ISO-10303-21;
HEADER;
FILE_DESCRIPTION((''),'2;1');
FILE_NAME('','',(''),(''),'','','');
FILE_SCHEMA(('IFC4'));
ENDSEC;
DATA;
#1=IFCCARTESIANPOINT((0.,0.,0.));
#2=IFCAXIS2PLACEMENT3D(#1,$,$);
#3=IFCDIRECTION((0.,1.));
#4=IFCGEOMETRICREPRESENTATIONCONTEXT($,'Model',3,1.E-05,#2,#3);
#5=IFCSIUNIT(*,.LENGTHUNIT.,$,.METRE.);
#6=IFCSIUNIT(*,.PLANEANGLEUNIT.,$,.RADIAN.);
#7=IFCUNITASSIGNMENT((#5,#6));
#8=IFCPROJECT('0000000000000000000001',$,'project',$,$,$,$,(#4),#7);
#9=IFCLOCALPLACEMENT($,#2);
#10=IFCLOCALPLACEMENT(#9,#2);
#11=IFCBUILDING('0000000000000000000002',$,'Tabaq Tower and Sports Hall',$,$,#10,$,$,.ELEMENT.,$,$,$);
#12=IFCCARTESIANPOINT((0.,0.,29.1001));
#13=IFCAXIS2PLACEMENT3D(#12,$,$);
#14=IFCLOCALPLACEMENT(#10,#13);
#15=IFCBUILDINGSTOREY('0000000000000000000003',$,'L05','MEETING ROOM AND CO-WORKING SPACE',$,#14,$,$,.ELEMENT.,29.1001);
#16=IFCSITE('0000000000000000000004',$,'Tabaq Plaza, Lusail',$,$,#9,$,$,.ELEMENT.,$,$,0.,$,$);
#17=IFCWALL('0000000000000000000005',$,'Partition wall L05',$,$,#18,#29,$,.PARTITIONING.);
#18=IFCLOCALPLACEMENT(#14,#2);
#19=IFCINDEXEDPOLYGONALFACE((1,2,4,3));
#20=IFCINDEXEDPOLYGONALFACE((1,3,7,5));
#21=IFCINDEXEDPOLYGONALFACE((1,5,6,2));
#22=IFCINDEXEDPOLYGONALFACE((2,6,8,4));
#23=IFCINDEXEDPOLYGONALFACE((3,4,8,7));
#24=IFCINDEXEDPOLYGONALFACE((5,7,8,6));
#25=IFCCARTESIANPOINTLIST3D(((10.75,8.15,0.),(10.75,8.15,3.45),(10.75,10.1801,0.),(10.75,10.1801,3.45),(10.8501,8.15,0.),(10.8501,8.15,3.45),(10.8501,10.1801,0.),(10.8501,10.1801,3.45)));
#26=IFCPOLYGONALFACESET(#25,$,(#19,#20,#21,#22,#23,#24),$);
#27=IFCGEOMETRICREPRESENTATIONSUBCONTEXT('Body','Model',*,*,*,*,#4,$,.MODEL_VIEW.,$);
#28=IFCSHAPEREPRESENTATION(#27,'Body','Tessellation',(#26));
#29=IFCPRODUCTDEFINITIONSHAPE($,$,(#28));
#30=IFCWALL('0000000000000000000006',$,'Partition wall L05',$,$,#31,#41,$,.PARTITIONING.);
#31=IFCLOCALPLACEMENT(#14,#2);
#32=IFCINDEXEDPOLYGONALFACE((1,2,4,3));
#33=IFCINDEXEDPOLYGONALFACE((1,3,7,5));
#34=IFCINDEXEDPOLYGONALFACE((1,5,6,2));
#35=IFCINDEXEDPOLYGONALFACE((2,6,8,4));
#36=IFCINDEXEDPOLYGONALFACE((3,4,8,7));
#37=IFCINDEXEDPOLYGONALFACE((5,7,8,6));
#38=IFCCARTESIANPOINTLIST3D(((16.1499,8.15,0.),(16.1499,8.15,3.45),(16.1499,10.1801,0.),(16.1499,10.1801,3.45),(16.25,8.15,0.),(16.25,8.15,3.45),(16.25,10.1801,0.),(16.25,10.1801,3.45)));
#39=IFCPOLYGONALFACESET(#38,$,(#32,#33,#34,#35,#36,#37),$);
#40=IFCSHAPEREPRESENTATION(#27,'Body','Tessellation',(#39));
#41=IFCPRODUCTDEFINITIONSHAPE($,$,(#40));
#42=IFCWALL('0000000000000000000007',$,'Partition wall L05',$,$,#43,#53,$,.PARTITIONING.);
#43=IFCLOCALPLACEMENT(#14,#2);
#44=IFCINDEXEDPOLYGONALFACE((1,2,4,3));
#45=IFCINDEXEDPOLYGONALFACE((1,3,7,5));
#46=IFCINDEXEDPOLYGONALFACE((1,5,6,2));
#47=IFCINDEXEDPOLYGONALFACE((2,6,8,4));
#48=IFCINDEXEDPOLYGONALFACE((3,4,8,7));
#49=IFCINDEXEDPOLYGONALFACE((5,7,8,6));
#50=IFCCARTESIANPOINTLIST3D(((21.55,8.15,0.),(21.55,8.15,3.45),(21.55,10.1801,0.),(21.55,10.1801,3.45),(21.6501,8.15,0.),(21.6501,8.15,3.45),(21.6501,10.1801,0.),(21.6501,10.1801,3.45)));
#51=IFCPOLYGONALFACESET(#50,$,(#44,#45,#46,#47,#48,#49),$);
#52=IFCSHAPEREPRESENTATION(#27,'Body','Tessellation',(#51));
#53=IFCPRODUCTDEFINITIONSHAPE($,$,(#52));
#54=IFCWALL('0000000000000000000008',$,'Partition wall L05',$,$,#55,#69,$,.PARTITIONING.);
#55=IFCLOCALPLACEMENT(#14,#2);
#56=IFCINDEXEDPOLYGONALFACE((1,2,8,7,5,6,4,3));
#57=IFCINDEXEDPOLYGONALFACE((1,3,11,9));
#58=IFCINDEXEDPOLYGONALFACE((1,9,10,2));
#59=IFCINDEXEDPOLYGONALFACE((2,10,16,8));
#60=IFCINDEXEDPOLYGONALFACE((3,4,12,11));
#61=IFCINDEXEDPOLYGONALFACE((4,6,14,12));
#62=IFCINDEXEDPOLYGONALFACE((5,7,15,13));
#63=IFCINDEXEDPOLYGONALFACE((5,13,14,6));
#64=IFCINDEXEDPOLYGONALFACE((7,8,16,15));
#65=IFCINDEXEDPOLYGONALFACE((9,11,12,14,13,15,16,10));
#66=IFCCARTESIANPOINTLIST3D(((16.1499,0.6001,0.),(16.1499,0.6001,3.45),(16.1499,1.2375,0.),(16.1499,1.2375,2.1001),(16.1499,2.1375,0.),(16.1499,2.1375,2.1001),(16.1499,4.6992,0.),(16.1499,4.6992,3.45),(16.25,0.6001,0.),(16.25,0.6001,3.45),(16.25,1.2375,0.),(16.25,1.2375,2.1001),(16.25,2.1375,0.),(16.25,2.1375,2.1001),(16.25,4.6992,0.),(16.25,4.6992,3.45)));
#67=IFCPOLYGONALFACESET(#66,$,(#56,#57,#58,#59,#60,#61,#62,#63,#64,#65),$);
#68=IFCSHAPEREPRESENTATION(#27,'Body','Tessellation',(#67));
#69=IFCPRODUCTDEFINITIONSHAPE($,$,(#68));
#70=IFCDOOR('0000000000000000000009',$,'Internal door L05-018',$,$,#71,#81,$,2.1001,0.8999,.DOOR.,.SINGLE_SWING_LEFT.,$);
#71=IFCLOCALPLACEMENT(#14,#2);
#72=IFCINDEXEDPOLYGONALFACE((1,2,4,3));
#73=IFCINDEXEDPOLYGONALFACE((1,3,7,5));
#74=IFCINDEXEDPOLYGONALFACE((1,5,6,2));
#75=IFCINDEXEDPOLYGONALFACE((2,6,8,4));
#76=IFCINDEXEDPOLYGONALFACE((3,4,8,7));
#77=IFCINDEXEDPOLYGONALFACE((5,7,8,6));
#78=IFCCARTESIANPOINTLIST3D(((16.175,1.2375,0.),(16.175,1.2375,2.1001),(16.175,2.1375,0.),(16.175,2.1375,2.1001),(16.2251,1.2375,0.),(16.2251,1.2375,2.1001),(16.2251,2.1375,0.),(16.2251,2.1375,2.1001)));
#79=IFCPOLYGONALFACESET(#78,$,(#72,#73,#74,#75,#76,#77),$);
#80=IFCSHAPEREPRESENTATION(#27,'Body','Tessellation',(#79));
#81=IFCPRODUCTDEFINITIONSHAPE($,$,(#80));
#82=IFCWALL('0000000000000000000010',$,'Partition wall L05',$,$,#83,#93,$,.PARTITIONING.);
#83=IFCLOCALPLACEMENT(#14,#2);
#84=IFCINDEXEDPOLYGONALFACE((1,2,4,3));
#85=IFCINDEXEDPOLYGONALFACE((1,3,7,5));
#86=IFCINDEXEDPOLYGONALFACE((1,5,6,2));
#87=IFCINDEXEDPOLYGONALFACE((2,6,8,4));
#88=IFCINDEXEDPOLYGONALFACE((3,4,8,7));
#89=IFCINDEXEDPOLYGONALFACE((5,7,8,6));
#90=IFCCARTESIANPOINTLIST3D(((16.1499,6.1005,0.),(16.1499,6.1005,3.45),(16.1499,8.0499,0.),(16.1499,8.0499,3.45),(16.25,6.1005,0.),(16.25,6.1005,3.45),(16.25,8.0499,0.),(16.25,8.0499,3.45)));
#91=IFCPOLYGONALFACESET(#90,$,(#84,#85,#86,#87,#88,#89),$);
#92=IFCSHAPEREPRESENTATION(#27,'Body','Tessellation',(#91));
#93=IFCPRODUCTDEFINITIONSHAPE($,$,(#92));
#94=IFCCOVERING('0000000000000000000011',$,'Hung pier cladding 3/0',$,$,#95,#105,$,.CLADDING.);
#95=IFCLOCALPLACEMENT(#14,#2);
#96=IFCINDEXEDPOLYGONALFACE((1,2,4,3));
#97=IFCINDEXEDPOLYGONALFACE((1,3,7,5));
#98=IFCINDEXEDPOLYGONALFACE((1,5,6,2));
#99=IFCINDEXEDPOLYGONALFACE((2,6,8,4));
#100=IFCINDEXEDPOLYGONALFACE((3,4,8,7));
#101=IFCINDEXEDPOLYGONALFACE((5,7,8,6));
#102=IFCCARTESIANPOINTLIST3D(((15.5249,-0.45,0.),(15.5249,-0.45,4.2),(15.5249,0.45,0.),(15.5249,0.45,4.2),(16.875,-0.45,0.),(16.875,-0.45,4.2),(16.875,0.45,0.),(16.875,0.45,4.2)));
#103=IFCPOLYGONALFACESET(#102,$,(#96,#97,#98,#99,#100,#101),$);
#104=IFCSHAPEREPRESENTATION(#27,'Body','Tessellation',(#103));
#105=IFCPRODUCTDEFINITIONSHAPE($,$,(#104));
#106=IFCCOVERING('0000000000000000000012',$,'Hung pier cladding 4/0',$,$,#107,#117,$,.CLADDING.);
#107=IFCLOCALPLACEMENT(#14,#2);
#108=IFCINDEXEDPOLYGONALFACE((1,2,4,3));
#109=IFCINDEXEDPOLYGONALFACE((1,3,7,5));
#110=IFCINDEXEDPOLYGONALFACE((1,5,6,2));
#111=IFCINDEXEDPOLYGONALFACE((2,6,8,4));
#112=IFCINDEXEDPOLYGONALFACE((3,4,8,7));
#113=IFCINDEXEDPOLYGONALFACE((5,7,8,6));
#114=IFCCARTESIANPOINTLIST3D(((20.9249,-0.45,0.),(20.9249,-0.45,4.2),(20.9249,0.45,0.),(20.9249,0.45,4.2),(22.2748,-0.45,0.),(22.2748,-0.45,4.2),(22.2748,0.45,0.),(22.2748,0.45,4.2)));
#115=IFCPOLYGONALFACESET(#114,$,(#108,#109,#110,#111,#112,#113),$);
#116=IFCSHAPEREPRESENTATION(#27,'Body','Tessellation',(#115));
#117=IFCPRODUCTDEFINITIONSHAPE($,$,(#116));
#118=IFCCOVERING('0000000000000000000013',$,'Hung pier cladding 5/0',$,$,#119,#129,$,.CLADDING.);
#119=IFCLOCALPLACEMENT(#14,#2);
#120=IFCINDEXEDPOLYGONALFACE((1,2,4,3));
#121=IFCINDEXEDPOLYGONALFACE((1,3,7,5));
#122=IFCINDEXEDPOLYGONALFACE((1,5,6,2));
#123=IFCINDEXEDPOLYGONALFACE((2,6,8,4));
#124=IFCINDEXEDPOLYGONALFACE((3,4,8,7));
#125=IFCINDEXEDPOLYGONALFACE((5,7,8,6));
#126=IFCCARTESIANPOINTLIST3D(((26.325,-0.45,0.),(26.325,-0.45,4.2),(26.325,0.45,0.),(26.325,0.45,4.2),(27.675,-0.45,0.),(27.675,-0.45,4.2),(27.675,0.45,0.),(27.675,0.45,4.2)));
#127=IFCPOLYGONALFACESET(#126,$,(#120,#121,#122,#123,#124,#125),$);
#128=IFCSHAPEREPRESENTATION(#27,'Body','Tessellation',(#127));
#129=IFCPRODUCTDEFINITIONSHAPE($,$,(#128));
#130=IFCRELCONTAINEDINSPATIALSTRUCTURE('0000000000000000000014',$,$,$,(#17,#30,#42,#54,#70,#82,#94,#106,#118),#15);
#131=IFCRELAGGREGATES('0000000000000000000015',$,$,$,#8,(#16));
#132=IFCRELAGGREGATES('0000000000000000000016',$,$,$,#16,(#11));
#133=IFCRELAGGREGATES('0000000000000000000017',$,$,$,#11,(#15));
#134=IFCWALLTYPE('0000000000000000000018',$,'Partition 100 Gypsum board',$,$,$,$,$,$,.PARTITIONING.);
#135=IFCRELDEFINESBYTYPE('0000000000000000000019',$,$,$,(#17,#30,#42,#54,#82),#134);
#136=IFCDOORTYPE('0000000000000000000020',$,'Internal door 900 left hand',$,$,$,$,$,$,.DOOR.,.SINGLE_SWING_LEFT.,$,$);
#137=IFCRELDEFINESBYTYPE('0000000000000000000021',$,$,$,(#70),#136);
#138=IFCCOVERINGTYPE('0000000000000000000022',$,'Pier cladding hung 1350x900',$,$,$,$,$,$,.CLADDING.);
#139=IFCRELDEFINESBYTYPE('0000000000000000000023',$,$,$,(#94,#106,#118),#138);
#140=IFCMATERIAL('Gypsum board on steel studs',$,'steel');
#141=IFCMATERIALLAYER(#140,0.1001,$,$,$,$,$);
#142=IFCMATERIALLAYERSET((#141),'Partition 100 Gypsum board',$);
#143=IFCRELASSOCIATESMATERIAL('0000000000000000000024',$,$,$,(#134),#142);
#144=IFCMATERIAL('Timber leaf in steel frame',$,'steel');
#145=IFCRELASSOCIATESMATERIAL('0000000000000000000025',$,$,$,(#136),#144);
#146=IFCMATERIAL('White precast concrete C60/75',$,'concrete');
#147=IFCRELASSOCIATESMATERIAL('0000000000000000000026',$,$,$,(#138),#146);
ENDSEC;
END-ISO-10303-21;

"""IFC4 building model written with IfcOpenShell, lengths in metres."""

from ifc_helpers import new_model, si_unit, direction, frame, frame_2d, origin, place, context, subcontext, project, spatial, rectangle, extrude, material, layer, layer_set, type_object, element, fill, save


model = new_model("IFC4")

# Units and contexts
model_context = context("Model", 3, precision=1e-05, world=origin(), true_north=direction((0.0, 1.0)))
body_context = subcontext(model_context, "Body", "Model", "MODEL_VIEW")
ifc_project = project(units=[si_unit("LENGTHUNIT", "METRE"), si_unit("PLANEANGLEUNIT", "RADIAN")], contexts=[model_context])

# Site, building, storey
site_placement = place(None, origin())
site = spatial("IfcSite", under=ifc_project, at=site_placement, Name="Tabaq Plaza, Lusail", CompositionType="ELEMENT", RefElevation=0.0)
building_placement = place(site_placement, origin())
building = spatial("IfcBuilding", under=site, at=building_placement, Name="Tabaq Tower and Sports Hall", CompositionType="ELEMENT")
storey_placement = place(building_placement, frame((0.0, 0.0, 29.1001)))
storey = spatial("IfcBuildingStorey", under=building, at=storey_placement, Name="L05", Description="MEETING ROOM AND CO-WORKING SPACE", CompositionType="ELEMENT", Elevation=29.1001)

# Walls
ifc_material_1 = material(Name="Gypsum board on steel studs", Category="steel")
ifc_layer_1 = layer(ifc_material_1, 0.1001)
ifc_layer_set_1 = layer_set([ifc_layer_1], Name="Partition 100 Gypsum board")
wall_type = type_object("IfcWallType", Name="Partition 100 Gypsum board", PredefinedType="PARTITIONING", material=ifc_layer_set_1)
for number, where, z_axis, x_axis, name in (
    (1, (10.8, 8.1499, 0.0), (0.0, 0.0, 1.0), (0.0, 1.0, 0.0), "Partition wall L05"),
    (2, (16.2, 8.1499, 0.0), (0.0, 0.0, 1.0), (0.0, 1.0, 0.0), "Partition wall L05"),
    (3, (21.6001, 8.1499, 0.0), (0.0, 0.0, 1.0), (0.0, 1.0, 0.0), "Partition wall L05"),
):
    element("IfcWall", number, at=place(storey_placement, frame(where, z_axis=z_axis, x_axis=x_axis)), inside=storey, type_object=wall_type, Name=name, PredefinedType="PARTITIONING", context=body_context, shape_type="SweptSolid", body=[
        extrude(rectangle(XDim=2.03, YDim=0.1001, at=frame_2d((1.0151, 0.0))), origin(), (0.0, 0.0, 1.0), 3.45),
    ])

# Wall, opening, door
wall_1_placement = place(storey_placement, frame((16.2, 0.6001, 0.0), z_axis=(0.0, 0.0, 1.0), x_axis=(0.0, 1.0, 0.0)))
wall_1 = element("IfcWall", 4, at=wall_1_placement, inside=storey, type_object=wall_type, Name="Partition wall L05", PredefinedType="PARTITIONING", context=body_context, shape_type="SweptSolid", body=[
    extrude(rectangle(XDim=4.0991, YDim=0.1001, at=frame_2d((2.0496, 0.0))), origin(), (0.0, 0.0, 1.0), 3.45),
])
opening_placement = place(wall_1_placement, frame((0.6375, 0.0, 0.0)))
opening = element("IfcOpeningElement", 5, at=opening_placement, cuts=wall_1, PredefinedType="OPENING", context=body_context, shape_type="SweptSolid", body=[
    extrude(rectangle(XDim=0.8999, YDim=2.1001, at=frame_2d((0.45, 1.05))), frame((0.0, 0.05, 0.0), z_axis=(0.0, -1.0, 0.0), x_axis=(1.0, 0.0, 0.0)), (0.0, 0.0, 1.0), 0.1001),
])
ifc_material_2 = material(Name="Timber leaf in steel frame", Category="steel")
door_type = type_object("IfcDoorType", Name="Internal door 900 left hand", OperationType="SINGLE_SWING_LEFT", PredefinedType="DOOR", material=ifc_material_2)
door_placement = place(opening_placement, origin())
door = element("IfcDoor", 6, at=door_placement, inside=storey, type_object=door_type, Name="Internal door L05-018", OperationType="SINGLE_SWING_LEFT", OverallHeight=2.1001, OverallWidth=0.8999, PredefinedType="DOOR", context=body_context, shape_type="SweptSolid", body=[
    extrude(rectangle(XDim=0.8999, YDim=2.1001, at=frame_2d((0.45, 1.05))), frame((0.0, 0.0249, 0.0), z_axis=(0.0, -1.0, 0.0), x_axis=(1.0, 0.0, 0.0)), (0.0, 0.0, 1.0), 0.05),
])
fill(opening, door)

# Wall
wall_2_placement = place(storey_placement, frame((16.2, 6.1006, 0.0), z_axis=(0.0, 0.0, 1.0), x_axis=(0.0, 1.0, 0.0)))
element("IfcWall", 7, at=wall_2_placement, inside=storey, type_object=wall_type, Name="Partition wall L05", PredefinedType="PARTITIONING", context=body_context, shape_type="SweptSolid", body=[
    extrude(rectangle(XDim=1.9495, YDim=0.1001, at=frame_2d((0.9746, 0.0))), origin(), (0.0, 0.0, 1.0), 3.45),
])

# Coverings
ifc_material_3 = material(Name="White precast concrete C60/75", Category="concrete")
covering_type = type_object("IfcCoveringType", Name="Pier cladding hung 1350x900", PredefinedType="CLADDING", material=ifc_material_3)
covering_1_placement = place(storey_placement, frame((15.5249, 0.0, 0.0), z_axis=(0.0, 0.0, 1.0), x_axis=(1.0, 0.0, 0.0)))
element("IfcCovering", 8, at=covering_1_placement, inside=storey, type_object=covering_type, Name="Hung pier cladding 3/0", PredefinedType="CLADDING", context=body_context, shape_type="SweptSolid", body=[
    extrude(rectangle(XDim=1.3501, YDim=0.8999, at=frame_2d((0.675, 0.0))), origin(), (0.0, 0.0, 1.0), 4.2),
])
covering_2_placement = place(storey_placement, frame((20.925, 0.0, 0.0), z_axis=(0.0, 0.0, 1.0), x_axis=(1.0, 0.0, 0.0)))
element("IfcCovering", 9, at=covering_2_placement, inside=storey, type_object=covering_type, Name="Hung pier cladding 4/0", PredefinedType="CLADDING", context=body_context, shape_type="SweptSolid", body=[
    extrude(rectangle(XDim=1.3499, YDim=0.8999, at=frame_2d((0.6748, 0.0))), origin(), (0.0, 0.0, 1.0), 4.2),
])
covering_3_placement = place(storey_placement, frame((26.325, 0.0, 0.0), z_axis=(0.0, 0.0, 1.0), x_axis=(1.0, 0.0, 0.0)))
element("IfcCovering", 10, at=covering_3_placement, inside=storey, type_object=covering_type, Name="Hung pier cladding 5/0", PredefinedType="CLADDING", context=body_context, shape_type="SweptSolid", body=[
    extrude(rectangle(XDim=1.3501, YDim=0.8999, at=frame_2d((0.675, 0.0))), origin(), (0.0, 0.0, 1.0), 4.2),
])

save(model, "model.ifc")
